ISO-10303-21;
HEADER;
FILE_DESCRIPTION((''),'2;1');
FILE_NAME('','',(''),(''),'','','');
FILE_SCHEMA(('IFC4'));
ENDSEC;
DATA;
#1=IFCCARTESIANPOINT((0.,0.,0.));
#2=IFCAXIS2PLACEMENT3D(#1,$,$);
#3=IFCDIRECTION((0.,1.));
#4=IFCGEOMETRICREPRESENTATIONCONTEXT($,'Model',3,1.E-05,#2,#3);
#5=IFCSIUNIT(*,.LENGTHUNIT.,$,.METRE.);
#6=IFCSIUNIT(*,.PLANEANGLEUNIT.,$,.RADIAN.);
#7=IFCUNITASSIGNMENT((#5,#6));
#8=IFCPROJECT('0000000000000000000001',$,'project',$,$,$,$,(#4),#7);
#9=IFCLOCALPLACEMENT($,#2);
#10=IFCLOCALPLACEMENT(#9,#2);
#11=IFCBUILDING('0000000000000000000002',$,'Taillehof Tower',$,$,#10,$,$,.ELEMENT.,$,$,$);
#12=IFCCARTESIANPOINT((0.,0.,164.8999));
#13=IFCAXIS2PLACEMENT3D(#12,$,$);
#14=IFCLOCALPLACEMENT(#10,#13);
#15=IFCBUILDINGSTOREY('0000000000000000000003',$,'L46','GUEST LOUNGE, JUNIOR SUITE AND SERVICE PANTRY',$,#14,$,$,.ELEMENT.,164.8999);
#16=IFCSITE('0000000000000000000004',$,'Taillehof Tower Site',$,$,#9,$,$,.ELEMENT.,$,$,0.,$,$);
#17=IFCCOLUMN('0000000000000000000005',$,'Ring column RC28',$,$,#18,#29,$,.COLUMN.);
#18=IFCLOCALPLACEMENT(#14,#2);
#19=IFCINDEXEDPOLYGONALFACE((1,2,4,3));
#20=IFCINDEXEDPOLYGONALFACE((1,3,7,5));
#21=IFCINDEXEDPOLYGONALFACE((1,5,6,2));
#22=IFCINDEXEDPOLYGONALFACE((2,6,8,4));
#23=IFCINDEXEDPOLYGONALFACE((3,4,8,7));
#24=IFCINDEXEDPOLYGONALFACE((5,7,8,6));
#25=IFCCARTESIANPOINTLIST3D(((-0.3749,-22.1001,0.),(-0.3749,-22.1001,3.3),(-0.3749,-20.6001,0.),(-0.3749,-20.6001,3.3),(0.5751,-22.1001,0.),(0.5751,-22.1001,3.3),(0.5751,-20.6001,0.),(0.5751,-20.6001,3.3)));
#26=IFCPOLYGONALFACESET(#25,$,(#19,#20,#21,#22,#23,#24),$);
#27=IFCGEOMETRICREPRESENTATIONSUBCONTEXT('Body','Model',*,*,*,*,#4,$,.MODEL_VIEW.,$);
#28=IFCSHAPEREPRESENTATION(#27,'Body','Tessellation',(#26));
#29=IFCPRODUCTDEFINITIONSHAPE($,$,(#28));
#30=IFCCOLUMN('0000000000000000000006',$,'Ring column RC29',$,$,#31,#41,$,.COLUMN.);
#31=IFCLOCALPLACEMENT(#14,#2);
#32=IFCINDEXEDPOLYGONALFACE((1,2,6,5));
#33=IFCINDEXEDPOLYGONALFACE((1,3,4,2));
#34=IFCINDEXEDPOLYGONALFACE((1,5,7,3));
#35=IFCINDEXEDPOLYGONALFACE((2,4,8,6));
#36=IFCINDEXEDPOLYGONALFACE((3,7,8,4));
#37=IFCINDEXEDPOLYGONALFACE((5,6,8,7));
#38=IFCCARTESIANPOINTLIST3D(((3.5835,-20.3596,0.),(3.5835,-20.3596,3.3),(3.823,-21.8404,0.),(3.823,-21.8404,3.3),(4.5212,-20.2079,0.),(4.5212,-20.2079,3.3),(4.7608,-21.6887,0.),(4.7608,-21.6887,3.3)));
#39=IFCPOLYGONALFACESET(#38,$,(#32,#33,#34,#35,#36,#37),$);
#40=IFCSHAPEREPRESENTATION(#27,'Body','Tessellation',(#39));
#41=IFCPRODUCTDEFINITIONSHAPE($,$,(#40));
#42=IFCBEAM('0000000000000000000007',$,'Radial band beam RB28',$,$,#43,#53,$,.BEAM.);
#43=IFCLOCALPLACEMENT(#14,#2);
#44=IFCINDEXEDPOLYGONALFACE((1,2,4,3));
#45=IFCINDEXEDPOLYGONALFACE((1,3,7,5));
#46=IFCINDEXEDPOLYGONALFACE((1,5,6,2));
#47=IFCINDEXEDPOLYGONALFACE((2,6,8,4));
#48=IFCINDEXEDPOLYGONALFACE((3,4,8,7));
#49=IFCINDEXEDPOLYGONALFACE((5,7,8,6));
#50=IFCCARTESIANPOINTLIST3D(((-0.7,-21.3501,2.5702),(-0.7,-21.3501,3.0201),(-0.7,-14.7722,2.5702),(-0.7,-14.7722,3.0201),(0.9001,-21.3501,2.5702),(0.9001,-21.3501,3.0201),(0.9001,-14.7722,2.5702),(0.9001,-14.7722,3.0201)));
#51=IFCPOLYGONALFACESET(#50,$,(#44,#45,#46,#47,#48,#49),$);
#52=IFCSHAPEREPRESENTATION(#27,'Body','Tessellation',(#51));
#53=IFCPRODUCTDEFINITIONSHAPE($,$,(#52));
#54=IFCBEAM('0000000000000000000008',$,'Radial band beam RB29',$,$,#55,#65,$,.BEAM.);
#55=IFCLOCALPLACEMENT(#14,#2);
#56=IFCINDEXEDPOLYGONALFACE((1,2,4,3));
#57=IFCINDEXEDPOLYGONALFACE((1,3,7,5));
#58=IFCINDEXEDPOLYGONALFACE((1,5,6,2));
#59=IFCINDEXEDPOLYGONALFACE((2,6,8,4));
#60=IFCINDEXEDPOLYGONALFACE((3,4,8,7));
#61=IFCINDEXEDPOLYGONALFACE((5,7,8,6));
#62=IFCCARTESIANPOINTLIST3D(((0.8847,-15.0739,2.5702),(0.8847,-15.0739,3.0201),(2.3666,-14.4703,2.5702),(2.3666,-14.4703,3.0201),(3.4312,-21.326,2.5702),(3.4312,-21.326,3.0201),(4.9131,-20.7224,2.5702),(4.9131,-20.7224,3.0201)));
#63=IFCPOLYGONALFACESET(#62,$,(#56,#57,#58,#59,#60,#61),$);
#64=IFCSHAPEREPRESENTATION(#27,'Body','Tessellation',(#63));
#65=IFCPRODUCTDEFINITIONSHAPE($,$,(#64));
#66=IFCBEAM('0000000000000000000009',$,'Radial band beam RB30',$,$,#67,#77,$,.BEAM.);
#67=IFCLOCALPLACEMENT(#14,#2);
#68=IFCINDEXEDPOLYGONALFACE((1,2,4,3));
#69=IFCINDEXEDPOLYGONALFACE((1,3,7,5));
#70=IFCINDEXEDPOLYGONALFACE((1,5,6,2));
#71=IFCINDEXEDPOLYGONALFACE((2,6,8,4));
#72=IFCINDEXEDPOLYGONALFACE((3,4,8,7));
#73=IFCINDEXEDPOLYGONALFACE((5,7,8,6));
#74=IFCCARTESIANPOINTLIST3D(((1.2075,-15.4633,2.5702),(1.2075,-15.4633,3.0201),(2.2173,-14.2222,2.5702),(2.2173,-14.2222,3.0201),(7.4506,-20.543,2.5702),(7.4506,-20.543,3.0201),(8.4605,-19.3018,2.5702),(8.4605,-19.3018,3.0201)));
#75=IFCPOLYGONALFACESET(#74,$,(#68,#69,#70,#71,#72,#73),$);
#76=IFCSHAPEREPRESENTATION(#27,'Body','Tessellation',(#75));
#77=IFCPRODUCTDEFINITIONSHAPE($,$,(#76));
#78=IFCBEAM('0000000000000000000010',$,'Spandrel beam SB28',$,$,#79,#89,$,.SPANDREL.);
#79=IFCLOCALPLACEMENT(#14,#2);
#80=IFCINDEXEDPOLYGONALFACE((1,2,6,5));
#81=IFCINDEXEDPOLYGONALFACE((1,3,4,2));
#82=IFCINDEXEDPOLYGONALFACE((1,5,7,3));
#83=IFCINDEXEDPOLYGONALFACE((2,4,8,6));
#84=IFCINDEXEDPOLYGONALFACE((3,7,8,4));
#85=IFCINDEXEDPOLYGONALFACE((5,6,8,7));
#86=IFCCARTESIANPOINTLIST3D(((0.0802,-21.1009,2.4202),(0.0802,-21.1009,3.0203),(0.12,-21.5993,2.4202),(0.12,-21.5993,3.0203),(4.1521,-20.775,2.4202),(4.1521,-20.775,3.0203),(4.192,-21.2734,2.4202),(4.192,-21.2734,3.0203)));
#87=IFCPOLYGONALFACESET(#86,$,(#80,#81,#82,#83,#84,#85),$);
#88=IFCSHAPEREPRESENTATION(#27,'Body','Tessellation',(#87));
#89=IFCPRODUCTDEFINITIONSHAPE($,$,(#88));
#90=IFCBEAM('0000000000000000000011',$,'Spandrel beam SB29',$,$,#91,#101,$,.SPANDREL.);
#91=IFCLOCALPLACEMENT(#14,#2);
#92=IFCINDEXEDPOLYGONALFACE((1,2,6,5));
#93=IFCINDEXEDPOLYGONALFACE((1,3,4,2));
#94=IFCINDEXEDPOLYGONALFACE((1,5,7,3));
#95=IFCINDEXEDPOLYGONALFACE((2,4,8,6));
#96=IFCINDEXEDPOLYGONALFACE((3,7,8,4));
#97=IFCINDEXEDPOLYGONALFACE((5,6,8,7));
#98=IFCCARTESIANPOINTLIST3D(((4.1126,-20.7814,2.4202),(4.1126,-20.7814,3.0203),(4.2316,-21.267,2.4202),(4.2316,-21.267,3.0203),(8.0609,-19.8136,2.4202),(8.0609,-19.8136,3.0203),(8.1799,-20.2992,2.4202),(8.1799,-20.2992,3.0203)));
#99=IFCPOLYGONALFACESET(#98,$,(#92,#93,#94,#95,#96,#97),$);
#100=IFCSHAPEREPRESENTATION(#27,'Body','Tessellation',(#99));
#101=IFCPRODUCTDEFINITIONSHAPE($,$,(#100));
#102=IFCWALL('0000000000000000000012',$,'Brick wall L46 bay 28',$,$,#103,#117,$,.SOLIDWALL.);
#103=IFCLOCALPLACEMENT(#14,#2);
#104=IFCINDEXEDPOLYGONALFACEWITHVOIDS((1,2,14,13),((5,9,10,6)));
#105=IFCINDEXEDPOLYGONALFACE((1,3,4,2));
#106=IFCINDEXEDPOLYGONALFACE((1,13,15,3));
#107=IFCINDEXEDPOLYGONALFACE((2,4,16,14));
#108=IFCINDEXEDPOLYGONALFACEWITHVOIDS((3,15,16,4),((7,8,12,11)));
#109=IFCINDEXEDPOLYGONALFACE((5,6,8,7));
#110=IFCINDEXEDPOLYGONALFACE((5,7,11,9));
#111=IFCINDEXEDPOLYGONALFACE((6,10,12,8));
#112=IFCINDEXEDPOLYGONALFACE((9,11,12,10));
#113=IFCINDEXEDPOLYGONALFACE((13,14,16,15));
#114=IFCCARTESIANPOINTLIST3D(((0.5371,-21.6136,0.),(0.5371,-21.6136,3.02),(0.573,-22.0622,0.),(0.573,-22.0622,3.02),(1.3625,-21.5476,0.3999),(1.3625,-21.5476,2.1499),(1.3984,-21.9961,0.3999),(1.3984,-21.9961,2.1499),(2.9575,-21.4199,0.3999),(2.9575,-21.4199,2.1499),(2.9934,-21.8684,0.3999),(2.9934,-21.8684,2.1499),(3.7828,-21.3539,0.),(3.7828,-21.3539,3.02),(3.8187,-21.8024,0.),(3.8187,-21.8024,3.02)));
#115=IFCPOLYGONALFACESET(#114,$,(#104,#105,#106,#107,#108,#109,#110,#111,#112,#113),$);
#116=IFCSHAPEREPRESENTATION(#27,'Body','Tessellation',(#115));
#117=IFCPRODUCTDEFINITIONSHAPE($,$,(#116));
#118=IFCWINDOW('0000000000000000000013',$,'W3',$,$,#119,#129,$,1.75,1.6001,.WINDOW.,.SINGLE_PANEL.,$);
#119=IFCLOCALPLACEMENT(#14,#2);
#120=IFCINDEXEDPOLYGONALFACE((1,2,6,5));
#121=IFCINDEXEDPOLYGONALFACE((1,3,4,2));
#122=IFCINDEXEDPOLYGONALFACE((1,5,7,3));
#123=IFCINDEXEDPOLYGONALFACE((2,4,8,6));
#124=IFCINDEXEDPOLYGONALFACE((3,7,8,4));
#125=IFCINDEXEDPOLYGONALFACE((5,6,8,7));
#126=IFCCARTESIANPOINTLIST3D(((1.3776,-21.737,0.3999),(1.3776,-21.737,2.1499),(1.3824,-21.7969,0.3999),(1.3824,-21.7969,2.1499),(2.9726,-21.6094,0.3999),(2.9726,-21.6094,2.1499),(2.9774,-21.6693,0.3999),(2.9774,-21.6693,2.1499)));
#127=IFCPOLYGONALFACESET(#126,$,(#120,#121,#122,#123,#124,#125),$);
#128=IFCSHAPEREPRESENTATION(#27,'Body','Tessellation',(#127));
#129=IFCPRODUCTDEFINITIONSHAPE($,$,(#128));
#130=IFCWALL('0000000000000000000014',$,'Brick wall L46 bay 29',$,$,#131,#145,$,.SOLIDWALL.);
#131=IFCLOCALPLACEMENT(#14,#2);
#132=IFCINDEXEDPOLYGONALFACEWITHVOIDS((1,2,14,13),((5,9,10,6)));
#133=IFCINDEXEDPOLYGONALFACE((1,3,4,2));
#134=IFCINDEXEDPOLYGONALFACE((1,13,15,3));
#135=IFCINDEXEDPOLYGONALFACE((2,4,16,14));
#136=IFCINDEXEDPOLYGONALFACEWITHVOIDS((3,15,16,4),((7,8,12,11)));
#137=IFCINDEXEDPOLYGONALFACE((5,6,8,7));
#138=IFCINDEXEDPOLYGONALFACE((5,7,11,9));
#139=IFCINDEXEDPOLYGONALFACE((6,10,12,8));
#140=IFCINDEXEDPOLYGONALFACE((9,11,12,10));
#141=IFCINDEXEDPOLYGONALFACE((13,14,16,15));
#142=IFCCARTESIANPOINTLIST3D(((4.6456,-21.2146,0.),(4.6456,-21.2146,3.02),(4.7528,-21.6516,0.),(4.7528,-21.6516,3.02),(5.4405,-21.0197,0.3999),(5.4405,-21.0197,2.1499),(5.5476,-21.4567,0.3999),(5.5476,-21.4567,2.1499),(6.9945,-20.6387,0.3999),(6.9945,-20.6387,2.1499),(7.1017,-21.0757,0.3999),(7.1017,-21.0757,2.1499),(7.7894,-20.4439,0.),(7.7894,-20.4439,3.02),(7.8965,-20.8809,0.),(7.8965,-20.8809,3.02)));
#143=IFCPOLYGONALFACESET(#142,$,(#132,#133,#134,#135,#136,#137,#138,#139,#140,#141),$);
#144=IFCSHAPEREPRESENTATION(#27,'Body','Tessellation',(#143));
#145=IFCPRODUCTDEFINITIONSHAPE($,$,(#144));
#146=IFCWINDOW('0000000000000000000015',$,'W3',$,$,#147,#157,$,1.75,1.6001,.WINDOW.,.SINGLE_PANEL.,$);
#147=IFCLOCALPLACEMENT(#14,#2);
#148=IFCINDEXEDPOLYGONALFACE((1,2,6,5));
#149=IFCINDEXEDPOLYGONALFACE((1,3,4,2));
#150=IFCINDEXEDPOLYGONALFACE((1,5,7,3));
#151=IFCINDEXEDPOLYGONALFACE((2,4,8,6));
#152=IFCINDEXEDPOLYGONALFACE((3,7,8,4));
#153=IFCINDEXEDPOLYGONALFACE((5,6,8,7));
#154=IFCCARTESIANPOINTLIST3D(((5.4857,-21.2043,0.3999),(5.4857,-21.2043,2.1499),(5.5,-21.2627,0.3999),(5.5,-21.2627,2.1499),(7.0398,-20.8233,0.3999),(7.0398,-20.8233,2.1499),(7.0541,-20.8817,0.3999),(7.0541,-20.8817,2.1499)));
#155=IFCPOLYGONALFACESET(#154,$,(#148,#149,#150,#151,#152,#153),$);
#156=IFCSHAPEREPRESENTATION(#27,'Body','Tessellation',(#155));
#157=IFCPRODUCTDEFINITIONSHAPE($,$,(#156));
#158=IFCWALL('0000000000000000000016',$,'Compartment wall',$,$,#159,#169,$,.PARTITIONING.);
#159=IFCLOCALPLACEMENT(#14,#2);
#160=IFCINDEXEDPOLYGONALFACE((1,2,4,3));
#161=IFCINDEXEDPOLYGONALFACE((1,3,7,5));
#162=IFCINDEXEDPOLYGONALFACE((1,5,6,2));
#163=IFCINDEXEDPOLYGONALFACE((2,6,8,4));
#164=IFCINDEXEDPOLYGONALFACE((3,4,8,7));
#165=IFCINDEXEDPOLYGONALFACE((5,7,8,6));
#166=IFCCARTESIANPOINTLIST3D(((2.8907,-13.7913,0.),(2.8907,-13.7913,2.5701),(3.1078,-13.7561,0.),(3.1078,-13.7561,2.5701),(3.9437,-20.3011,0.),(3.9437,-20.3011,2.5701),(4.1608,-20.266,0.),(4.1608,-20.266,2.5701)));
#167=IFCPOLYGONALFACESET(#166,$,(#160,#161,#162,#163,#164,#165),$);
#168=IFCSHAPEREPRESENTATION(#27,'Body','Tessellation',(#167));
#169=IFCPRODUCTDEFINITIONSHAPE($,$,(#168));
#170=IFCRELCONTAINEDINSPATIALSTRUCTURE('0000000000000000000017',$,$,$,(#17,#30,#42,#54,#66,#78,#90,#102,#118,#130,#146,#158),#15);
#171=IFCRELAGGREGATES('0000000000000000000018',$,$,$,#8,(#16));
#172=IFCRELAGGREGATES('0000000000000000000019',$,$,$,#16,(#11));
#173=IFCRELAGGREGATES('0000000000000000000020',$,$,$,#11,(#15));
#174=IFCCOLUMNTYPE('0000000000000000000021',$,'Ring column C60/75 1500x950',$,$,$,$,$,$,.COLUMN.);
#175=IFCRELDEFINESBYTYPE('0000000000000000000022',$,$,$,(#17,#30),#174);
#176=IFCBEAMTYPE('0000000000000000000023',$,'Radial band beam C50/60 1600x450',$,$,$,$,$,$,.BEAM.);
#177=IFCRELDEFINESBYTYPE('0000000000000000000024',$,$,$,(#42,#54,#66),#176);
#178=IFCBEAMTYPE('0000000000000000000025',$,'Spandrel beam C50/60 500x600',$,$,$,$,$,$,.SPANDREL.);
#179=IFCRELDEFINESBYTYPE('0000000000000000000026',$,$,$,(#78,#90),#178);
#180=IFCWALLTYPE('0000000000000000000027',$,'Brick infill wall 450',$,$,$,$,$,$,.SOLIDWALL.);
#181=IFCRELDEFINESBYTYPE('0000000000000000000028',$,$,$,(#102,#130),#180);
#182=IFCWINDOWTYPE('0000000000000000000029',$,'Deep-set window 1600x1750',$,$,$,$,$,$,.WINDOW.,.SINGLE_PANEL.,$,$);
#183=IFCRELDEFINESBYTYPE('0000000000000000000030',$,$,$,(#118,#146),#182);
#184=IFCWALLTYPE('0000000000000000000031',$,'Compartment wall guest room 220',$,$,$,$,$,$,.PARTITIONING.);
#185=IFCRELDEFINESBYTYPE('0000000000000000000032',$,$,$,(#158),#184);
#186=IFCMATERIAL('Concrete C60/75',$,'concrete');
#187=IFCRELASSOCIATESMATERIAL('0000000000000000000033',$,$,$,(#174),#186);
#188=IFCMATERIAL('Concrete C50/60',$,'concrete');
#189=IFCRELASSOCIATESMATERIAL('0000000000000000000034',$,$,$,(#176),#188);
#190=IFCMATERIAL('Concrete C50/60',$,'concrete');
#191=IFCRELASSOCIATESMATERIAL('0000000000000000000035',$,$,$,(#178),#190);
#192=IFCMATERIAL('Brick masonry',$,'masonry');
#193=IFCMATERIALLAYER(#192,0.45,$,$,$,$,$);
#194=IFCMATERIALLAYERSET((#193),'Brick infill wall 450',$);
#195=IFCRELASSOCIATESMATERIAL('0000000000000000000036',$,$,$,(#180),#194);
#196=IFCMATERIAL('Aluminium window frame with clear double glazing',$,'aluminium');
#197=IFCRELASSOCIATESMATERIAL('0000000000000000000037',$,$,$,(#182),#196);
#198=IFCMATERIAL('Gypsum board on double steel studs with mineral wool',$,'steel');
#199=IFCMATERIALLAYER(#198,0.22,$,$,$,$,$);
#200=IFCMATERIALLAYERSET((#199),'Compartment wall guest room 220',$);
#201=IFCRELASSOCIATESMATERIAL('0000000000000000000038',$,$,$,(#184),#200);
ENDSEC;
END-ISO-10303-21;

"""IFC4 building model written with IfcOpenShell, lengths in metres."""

from ifc_helpers import new_model, si_unit, direction, frame, frame_2d, origin, origin_2d, place, context, subcontext, project, spatial, rectangle, extrude, material, layer, layer_set, material_profile, profile_set, type_object, element, fill, save


model = new_model("IFC4")

# Units and contexts
model_context = context("Model", 3, precision=1e-05, world=origin(), true_north=direction((0.0, 1.0)))
body_context = subcontext(model_context, "Body", "Model", "MODEL_VIEW")
ifc_project = project(units=[si_unit("LENGTHUNIT", "METRE"), si_unit("PLANEANGLEUNIT", "RADIAN")], contexts=[model_context])

# Site, building, storey
site_placement = place(None, origin())
site = spatial("IfcSite", under=ifc_project, at=site_placement, Name="Taillehof Tower Site", CompositionType="ELEMENT", RefElevation=0.0)
building_placement = place(site_placement, origin())
building = spatial("IfcBuilding", under=site, at=building_placement, Name="Taillehof Tower", CompositionType="ELEMENT")
storey_placement = place(building_placement, frame((0.0, 0.0, 164.8999)))
storey = spatial("IfcBuildingStorey", under=building, at=storey_placement, Name="L46", Description="GUEST LOUNGE, JUNIOR SUITE AND SERVICE PANTRY", CompositionType="ELEMENT", Elevation=164.8999)

# Columns
ifc_material_1 = material(Name="Concrete C60/75", Category="concrete")
ifc_material_profile_1 = material_profile(ifc_material_1, rectangle(XDim=1.5, YDim=0.95, at=origin_2d()), Name="RC 1500x950")
ifc_profile_set_1 = profile_set([ifc_material_profile_1], Name="Concrete C60/75")
column_type = type_object("IfcColumnType", Name="Ring column C60/75 1500x950", PredefinedType="COLUMN", material=ifc_profile_set_1)
for number, where, z_axis, x_axis, name in (
    (1, (0.1001, -21.3501, 0.0), (0.0, 0.0, 1.0), (0.0, -1.0, 0.0), "Ring column RC28"),
    (2, (4.1721, -21.0242, 0.0), (0.0, 0.0, 1.0), (0.159679, -0.987169, 0.0), "Ring column RC29"),
):
    element("IfcColumn", number, at=place(storey_placement, frame(where, z_axis=z_axis, x_axis=x_axis)), inside=storey, type_object=column_type, Name=name, PredefinedType="COLUMN", context=body_context, shape_type="SweptSolid", body=[
        extrude(rectangle(XDim=1.5, YDim=0.95, at=origin_2d()), origin(), (0.0, 0.0, 1.0), 3.3),
    ])

# Beams
ifc_material_2 = material(Name="Concrete C50/60", Category="concrete")
ifc_material_profile_2 = material_profile(ifc_material_2, rectangle(XDim=1.6001, YDim=0.45, at=origin_2d()), Name="RC 1600x450")
ifc_profile_set_2 = profile_set([ifc_material_profile_2], Name="Concrete C50/60")
beam_type_1 = type_object("IfcBeamType", Name="Radial band beam C50/60 1600x450", PredefinedType="BEAM", material=ifc_profile_set_2)
beam_1_placement = place(storey_placement, frame((0.1001, -21.3501, 2.7952), z_axis=(0.0, 1.0, 0.0), x_axis=(-1.0, 0.0, 0.0)))
element("IfcBeam", 3, at=beam_1_placement, inside=storey, type_object=beam_type_1, Name="Radial band beam RB28", PredefinedType="BEAM", context=body_context, shape_type="SweptSolid", body=[
    extrude(rectangle(XDim=1.6001, YDim=0.45, at=origin_2d()), origin(), (0.0, 0.0, 1.0), 6.5779),
])
beam_2_placement = place(storey_placement, frame((4.1721, -21.0242, 2.7952), z_axis=(-0.377207, 0.926129, 0.0), x_axis=(-0.926129, -0.377207, 0.0)))
element("IfcBeam", 4, at=beam_2_placement, inside=storey, type_object=beam_type_1, Name="Radial band beam RB29", PredefinedType="BEAM", context=body_context, shape_type="SweptSolid", body=[
    extrude(rectangle(XDim=1.6001, YDim=0.45, at=origin_2d()), origin(), (0.0, 0.0, 1.0), 6.7507),
])
beam_3_placement = place(storey_placement, frame((7.9556, -19.9224, 2.7952), z_axis=(-0.775687, 0.631118, 0.0), x_axis=(-0.631118, -0.775687, 0.0)))
element("IfcBeam", 5, at=beam_3_placement, inside=storey, type_object=beam_type_1, Name="Radial band beam RB30", PredefinedType="BEAM", context=body_context, shape_type="SweptSolid", body=[
    extrude(rectangle(XDim=1.6001, YDim=0.45, at=origin_2d()), origin(), (0.0, 0.0, 1.0), 8.0486),
])
ifc_material_3 = material(Name="Concrete C50/60", Category="concrete")
ifc_material_profile_3 = material_profile(ifc_material_3, rectangle(XDim=0.5, YDim=0.6001, at=origin_2d()), Name="RC 500x600")
ifc_profile_set_3 = profile_set([ifc_material_profile_3], Name="Concrete C50/60")
beam_type_2 = type_object("IfcBeamType", Name="Spandrel beam C50/60 500x600", PredefinedType="SPANDREL", material=ifc_profile_set_3)
beam_4_placement = place(storey_placement, frame((0.1001, -21.3501, 2.7202), z_axis=(0.996812, 0.079786, 0.0), x_axis=(-0.079786, 0.996812, 0.0)))
element("IfcBeam", 6, at=beam_4_placement, inside=storey, type_object=beam_type_2, Name="Spandrel beam SB28", PredefinedType="SPANDREL", context=body_context, shape_type="SweptSolid", body=[
    extrude(rectangle(XDim=0.5, YDim=0.6001, at=origin_2d()), origin(), (0.0, 0.0, 1.0), 4.085),
])
beam_5_placement = place(storey_placement, frame((4.1721, -21.0242, 2.7202), z_axis=(0.971249, 0.238068, 0.0), x_axis=(-0.238068, 0.971249, 0.0)))
element("IfcBeam", 7, at=beam_5_placement, inside=storey, type_object=beam_type_2, Name="Spandrel beam SB29", PredefinedType="SPANDREL", context=body_context, shape_type="SweptSolid", body=[
    extrude(rectangle(XDim=0.5, YDim=0.6001, at=origin_2d()), origin(), (0.0, 0.0, 1.0), 4.0652),
])

# Walls, openings, windows
ifc_material_4 = material(Name="Brick masonry", Category="masonry")
ifc_layer_1 = layer(ifc_material_4, 0.45)
ifc_layer_set_1 = layer_set([ifc_layer_1], Name="Brick infill wall 450")
wall_type_1 = type_object("IfcWallType", Name="Brick infill wall 450", PredefinedType="SOLIDWALL", material=ifc_layer_set_1)
wall_1_placement = place(storey_placement, frame((0.5552, -21.8379, 0.0), z_axis=(0.0, 0.0, 1.0), x_axis=(0.996812, 0.079781, 0.0)))
wall_1 = element("IfcWall", 8, at=wall_1_placement, inside=storey, type_object=wall_type_1, Name="Brick wall L46 bay 28", PredefinedType="SOLIDWALL", context=body_context, shape_type="SweptSolid", body=[
    extrude(rectangle(XDim=3.2561, YDim=0.45, at=frame_2d((1.6279, 0.0))), origin(), (0.0, 0.0, 1.0), 3.02),
])
opening_1_placement = place(wall_1_placement, frame((0.8279, 0.0, 0.3999)))
opening_1 = element("IfcOpeningElement", 9, at=opening_1_placement, cuts=wall_1, PredefinedType="OPENING", context=body_context, shape_type="SweptSolid", body=[
    extrude(rectangle(XDim=1.6001, YDim=1.75, at=frame_2d((0.8, 0.875))), frame((0.0, 0.2349, 0.0), z_axis=(0.0, -1.0, 0.0), x_axis=(1.0, 0.0, 0.0)), (0.0, 0.0, 1.0), 0.47),
])
ifc_material_5 = material(Name="Aluminium window frame with clear double glazing", Category="aluminium")
window_type = type_object("IfcWindowType", Name="Deep-set window 1600x1750", PartitioningType="SINGLE_PANEL", PredefinedType="WINDOW", material=ifc_material_5)
window_1_placement = place(opening_1_placement, origin())
window_1 = element("IfcWindow", 10, at=window_1_placement, inside=storey, type_object=window_type, Name="W3", OverallHeight=1.75, OverallWidth=1.6001, PartitioningType="SINGLE_PANEL", PredefinedType="WINDOW", context=body_context, shape_type="SweptSolid", body=[
    extrude(rectangle(XDim=1.6001, YDim=1.75, at=frame_2d((0.8, 0.875))), frame((0.0, 0.0349, 0.0), z_axis=(0.0, -1.0, 0.0), x_axis=(1.0, 0.0, 0.0)), (0.0, 0.0, 1.0), 0.0601),
])
fill(opening_1, window_1)
wall_2_placement = place(storey_placement, frame((4.6992, -21.4331, 0.0), z_axis=(0.0, 0.0, 1.0), x_axis=(0.971237, 0.238114, 0.0)))
wall_2 = element("IfcWall", 11, at=wall_2_placement, inside=storey, type_object=wall_type_1, Name="Brick wall L46 bay 29", PredefinedType="SOLIDWALL", context=body_context, shape_type="SweptSolid", body=[
    extrude(rectangle(XDim=3.2368, YDim=0.45, at=frame_2d((1.6184, 0.0))), origin(), (0.0, 0.0, 1.0), 3.02),
])
opening_2_placement = place(wall_2_placement, frame((0.8184, 0.0, 0.3999)))
opening_2 = element("IfcOpeningElement", 12, at=opening_2_placement, cuts=wall_2, PredefinedType="OPENING", context=body_context, shape_type="SweptSolid", body=[
    extrude(rectangle(XDim=1.6001, YDim=1.75, at=frame_2d((0.8, 0.875))), frame((0.0, 0.2349, 0.0), z_axis=(0.0, -1.0, 0.0), x_axis=(1.0, 0.0, 0.0)), (0.0, 0.0, 1.0), 0.47),
])
window_2_placement = place(opening_2_placement, origin())
window_2 = element("IfcWindow", 13, at=window_2_placement, inside=storey, type_object=window_type, Name="W3", OverallHeight=1.75, OverallWidth=1.6001, PartitioningType="SINGLE_PANEL", PredefinedType="WINDOW", context=body_context, shape_type="SweptSolid", body=[
    extrude(rectangle(XDim=1.6001, YDim=1.75, at=frame_2d((0.8, 0.875))), frame((0.0, 0.0349, 0.0), z_axis=(0.0, -1.0, 0.0), x_axis=(1.0, 0.0, 0.0)), (0.0, 0.0, 1.0), 0.0601),
])
fill(opening_2, window_2)

# Wall
ifc_material_6 = material(Name="Gypsum board on double steel studs with mineral wool", Category="steel")
ifc_layer_2 = layer(ifc_material_6, 0.22)
ifc_layer_set_2 = layer_set([ifc_layer_2], Name="Compartment wall guest room 220")
wall_type_2 = type_object("IfcWallType", Name="Compartment wall guest room 220", PredefinedType="PARTITIONING", material=ifc_layer_set_2)
wall_3_placement = place(storey_placement, frame((4.0522, -20.2837, 0.0), z_axis=(0.0, 0.0, 1.0), x_axis=(-0.159678, 0.987169, 0.0)))
element("IfcWall", 14, at=wall_3_placement, inside=storey, type_object=wall_type_2, Name="Compartment wall", PredefinedType="PARTITIONING", context=body_context, shape_type="SweptSolid", body=[
    extrude(rectangle(XDim=6.5945, YDim=0.22, at=frame_2d((3.2974, 0.0))), origin(), (0.0, 0.0, 1.0), 2.5701),
])

save(model, "model.ifc")
